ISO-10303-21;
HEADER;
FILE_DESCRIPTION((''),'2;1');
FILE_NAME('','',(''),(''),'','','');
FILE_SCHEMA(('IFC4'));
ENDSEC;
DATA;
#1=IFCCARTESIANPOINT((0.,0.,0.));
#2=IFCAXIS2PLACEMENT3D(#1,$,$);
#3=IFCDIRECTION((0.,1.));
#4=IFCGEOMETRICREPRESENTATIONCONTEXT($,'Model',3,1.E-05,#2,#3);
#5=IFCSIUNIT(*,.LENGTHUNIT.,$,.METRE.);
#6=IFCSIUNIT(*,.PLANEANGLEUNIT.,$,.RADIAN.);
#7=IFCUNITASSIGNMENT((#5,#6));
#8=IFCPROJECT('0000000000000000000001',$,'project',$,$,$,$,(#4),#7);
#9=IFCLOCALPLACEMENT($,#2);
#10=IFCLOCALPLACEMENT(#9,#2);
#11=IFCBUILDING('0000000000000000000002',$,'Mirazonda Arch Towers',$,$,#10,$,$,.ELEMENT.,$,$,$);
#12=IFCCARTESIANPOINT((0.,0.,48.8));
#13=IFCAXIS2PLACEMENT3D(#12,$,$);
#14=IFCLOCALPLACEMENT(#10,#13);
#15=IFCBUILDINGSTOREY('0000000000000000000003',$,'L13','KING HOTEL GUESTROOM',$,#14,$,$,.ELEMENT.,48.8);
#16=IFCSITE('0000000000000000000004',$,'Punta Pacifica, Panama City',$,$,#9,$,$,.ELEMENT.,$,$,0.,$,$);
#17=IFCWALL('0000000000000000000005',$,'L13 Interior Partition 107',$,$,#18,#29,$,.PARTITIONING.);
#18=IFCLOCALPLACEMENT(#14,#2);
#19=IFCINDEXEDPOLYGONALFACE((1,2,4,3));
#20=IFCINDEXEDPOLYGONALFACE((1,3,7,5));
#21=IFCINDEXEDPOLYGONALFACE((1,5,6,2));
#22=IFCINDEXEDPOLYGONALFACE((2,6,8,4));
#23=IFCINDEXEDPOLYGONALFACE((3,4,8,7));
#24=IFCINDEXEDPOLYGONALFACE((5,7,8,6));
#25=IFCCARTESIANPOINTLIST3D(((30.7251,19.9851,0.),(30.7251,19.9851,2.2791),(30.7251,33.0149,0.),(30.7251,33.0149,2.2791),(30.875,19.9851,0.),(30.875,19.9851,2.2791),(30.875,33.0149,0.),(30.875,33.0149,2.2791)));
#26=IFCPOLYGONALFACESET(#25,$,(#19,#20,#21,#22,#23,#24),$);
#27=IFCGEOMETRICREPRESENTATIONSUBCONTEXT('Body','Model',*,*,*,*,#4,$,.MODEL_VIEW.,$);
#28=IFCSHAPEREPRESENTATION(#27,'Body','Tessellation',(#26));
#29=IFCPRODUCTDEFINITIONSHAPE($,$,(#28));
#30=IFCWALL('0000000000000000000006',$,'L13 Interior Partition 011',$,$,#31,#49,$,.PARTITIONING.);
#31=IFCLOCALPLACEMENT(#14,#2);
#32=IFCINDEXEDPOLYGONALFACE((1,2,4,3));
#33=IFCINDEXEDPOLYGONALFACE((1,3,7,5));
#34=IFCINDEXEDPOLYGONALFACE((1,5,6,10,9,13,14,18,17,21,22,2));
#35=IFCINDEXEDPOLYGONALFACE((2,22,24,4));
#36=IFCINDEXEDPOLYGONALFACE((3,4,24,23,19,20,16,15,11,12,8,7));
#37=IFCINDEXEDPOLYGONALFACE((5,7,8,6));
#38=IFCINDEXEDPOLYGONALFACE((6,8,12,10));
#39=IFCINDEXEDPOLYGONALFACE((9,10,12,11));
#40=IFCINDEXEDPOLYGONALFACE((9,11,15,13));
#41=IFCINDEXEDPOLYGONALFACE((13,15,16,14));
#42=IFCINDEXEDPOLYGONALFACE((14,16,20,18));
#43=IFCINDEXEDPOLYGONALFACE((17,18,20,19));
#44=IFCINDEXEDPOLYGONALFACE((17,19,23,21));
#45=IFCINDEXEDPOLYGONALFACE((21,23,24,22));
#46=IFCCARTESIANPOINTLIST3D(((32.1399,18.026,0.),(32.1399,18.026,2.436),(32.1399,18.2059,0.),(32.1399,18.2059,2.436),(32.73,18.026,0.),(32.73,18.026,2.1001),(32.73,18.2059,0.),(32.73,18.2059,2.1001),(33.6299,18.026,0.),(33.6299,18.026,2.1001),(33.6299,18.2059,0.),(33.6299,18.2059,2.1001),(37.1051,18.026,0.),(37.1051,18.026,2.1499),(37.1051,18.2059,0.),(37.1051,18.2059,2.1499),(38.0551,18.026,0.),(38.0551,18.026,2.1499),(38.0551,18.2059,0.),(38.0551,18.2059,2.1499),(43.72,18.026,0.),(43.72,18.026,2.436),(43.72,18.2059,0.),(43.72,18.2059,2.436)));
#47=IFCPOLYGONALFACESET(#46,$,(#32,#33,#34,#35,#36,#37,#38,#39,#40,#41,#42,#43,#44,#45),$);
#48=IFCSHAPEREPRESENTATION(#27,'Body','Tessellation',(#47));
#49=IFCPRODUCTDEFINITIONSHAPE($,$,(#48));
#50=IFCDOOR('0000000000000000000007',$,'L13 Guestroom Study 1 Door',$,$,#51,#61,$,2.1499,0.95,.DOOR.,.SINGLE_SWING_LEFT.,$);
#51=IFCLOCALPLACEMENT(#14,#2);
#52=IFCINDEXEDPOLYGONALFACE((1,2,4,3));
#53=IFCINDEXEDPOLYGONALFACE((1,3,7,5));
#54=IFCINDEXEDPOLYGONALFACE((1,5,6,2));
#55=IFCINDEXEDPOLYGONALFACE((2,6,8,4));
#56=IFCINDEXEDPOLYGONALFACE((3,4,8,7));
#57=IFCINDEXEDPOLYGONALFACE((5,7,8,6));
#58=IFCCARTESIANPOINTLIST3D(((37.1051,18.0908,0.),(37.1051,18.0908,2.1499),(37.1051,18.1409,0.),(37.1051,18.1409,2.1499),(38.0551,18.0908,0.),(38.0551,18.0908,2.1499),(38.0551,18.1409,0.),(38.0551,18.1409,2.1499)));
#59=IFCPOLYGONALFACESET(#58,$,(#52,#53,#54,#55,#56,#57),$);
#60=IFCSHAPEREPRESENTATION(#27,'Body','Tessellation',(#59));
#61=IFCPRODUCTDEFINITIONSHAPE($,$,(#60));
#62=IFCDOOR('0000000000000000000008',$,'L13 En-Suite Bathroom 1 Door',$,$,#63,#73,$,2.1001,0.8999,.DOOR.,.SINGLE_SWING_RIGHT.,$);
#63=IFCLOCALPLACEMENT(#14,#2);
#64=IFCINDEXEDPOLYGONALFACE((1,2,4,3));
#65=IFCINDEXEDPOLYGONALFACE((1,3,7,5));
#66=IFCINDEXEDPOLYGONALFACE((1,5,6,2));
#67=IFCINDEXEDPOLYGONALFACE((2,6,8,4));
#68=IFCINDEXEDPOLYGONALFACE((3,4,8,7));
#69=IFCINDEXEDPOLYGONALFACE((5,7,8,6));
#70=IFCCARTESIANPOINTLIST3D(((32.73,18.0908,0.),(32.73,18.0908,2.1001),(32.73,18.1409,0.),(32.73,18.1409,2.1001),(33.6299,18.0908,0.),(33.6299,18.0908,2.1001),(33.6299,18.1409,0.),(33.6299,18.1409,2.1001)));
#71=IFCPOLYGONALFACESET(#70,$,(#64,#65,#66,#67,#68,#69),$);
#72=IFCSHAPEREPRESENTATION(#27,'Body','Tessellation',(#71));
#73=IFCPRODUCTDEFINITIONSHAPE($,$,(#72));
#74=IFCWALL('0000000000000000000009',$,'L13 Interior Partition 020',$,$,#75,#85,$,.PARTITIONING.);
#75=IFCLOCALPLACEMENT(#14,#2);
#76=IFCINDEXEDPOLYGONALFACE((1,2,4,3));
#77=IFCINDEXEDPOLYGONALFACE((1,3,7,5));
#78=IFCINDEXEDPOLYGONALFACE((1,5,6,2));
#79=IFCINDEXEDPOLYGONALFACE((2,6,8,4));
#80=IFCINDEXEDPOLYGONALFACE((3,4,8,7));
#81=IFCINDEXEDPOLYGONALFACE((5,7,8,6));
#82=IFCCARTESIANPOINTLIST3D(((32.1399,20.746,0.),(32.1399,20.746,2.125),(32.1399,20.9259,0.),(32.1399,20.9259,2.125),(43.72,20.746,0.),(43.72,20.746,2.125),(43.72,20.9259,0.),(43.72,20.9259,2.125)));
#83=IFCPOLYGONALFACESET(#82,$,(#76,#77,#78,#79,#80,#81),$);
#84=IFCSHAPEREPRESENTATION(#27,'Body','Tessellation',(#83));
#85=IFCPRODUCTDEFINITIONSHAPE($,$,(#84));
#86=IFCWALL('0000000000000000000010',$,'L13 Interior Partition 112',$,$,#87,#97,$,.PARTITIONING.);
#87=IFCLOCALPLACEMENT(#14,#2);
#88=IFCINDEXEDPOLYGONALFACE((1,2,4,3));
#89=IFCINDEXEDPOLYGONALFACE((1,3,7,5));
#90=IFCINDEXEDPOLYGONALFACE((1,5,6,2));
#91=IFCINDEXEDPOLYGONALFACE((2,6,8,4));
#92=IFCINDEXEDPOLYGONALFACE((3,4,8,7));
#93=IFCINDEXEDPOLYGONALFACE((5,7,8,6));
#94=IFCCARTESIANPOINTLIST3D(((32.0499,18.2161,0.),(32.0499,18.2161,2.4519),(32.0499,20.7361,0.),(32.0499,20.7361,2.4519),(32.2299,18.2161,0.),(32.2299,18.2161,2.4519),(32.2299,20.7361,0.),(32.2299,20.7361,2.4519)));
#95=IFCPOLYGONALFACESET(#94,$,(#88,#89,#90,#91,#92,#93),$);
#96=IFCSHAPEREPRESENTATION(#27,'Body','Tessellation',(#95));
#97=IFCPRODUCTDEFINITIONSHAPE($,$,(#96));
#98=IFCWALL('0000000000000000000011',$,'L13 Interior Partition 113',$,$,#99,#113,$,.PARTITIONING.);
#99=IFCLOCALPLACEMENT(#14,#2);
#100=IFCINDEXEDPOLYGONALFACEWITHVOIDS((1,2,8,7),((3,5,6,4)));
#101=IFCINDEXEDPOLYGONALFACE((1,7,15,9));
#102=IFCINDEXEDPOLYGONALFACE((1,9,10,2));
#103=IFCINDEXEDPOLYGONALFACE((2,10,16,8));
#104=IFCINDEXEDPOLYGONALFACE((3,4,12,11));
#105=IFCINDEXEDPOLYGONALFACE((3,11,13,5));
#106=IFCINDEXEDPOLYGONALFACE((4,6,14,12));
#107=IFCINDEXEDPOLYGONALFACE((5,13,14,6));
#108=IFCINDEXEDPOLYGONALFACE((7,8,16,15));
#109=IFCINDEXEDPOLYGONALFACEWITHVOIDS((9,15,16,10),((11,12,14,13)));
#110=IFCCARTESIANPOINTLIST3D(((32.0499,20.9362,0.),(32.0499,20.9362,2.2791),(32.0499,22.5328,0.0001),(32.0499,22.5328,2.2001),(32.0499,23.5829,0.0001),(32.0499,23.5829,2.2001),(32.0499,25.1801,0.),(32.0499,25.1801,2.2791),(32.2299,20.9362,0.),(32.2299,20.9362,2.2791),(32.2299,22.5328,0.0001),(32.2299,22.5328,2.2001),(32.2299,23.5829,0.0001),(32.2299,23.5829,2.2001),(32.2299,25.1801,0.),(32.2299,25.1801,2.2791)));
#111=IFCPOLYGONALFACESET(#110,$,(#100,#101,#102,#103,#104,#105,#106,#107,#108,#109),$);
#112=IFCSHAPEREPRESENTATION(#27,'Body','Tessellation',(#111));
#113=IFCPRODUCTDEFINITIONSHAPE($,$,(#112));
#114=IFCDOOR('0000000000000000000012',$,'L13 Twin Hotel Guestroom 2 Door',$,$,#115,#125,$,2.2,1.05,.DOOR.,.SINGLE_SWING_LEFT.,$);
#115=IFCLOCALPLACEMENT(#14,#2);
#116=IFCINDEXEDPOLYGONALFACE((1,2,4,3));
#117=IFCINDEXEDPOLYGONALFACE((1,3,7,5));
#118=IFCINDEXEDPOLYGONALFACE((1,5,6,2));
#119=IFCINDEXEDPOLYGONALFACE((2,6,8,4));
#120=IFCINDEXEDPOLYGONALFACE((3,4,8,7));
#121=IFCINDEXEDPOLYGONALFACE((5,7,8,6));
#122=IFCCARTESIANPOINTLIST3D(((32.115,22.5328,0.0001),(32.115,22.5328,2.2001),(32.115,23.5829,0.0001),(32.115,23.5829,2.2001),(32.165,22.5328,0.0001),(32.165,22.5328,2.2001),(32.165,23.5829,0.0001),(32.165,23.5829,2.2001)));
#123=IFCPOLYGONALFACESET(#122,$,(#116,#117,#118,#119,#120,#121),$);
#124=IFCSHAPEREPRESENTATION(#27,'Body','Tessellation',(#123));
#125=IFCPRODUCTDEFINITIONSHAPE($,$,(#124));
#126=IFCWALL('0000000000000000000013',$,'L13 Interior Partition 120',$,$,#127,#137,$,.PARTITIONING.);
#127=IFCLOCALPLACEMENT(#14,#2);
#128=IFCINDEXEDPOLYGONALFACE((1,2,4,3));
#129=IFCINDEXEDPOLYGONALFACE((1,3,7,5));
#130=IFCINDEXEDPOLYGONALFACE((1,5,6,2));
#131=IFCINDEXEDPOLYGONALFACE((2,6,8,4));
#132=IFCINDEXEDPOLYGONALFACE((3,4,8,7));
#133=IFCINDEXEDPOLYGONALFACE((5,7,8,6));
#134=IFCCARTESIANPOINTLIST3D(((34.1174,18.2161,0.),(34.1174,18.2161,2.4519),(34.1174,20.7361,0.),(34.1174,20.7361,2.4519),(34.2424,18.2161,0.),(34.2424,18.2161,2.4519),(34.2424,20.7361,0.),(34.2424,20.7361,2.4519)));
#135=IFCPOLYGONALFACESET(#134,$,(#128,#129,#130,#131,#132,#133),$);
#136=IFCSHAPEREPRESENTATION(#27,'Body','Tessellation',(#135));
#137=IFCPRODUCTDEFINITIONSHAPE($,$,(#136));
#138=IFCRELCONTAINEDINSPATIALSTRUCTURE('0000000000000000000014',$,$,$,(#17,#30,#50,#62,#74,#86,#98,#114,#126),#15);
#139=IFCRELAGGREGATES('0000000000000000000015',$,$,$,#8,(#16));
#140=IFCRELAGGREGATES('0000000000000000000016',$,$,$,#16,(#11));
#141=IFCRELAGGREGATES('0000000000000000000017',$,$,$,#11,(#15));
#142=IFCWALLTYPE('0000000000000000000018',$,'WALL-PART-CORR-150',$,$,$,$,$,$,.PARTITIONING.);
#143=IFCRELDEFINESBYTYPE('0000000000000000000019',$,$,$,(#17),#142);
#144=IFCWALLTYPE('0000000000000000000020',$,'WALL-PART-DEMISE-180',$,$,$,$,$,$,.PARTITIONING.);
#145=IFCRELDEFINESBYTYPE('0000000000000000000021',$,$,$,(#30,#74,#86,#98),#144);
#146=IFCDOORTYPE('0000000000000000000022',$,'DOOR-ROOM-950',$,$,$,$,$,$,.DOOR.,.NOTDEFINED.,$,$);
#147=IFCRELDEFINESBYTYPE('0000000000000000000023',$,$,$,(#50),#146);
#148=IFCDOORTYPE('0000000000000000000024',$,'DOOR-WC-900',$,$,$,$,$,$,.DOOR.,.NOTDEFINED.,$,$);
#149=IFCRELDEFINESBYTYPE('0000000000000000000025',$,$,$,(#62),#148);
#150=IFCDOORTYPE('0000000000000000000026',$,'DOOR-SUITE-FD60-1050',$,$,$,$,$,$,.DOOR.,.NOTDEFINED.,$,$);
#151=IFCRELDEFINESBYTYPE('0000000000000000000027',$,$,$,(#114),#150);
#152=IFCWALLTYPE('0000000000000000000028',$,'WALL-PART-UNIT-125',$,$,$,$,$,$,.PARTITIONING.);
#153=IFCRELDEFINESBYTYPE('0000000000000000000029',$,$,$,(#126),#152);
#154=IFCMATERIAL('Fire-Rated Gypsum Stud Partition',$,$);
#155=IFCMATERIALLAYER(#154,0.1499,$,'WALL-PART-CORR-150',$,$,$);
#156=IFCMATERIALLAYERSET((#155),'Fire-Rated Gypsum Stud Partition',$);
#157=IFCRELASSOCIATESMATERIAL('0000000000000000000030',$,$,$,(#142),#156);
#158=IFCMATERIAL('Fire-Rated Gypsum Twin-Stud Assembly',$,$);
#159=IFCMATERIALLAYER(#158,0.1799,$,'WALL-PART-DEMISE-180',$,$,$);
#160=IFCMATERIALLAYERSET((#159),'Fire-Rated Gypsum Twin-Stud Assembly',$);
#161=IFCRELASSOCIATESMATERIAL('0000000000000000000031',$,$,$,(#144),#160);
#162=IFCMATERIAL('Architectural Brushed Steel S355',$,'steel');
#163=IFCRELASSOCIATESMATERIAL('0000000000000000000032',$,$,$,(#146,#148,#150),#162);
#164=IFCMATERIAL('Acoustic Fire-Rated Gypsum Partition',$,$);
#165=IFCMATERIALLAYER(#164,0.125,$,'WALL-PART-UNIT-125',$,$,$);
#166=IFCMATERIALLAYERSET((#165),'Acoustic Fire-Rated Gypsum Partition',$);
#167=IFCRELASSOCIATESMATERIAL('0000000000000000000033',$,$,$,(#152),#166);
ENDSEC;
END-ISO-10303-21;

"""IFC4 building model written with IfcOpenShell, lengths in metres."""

from ifc_helpers import new_model, si_unit, direction, frame, frame_2d, origin, place, context, subcontext, project, spatial, rectangle, extrude, material, layer, layer_set, type_object, element, fill, save


model = new_model("IFC4")

# Units and contexts
model_context = context("Model", 3, precision=1e-05, world=origin(), true_north=direction((0.0, 1.0)))
body_context = subcontext(model_context, "Body", "Model", "MODEL_VIEW")
ifc_project = project(units=[si_unit("LENGTHUNIT", "METRE"), si_unit("PLANEANGLEUNIT", "RADIAN")], contexts=[model_context])

# Site, building, storey
site_placement = place(None, origin())
site = spatial("IfcSite", under=ifc_project, at=site_placement, Name="Punta Pacifica, Panama City", CompositionType="ELEMENT", RefElevation=0.0)
building_placement = place(site_placement, origin())
building = spatial("IfcBuilding", under=site, at=building_placement, Name="Mirazonda Arch Towers", CompositionType="ELEMENT")
storey_placement = place(building_placement, frame((0.0, 0.0, 48.8)))
storey = spatial("IfcBuildingStorey", under=building, at=storey_placement, Name="L13", Description="KING HOTEL GUESTROOM", CompositionType="ELEMENT", Elevation=48.8)

# Wall
ifc_material_1 = material(Name="Fire-Rated Gypsum Stud Partition")
ifc_layer_1 = layer(ifc_material_1, 0.1499, Name="WALL-PART-CORR-150")
ifc_layer_set_1 = layer_set([ifc_layer_1], Name="Fire-Rated Gypsum Stud Partition")
wall_type_1 = type_object("IfcWallType", Name="WALL-PART-CORR-150", PredefinedType="PARTITIONING", material=ifc_layer_set_1)
wall_1_placement = place(storey_placement, frame((30.8, 19.9851, 0.0), z_axis=(0.0, 0.0, 1.0), x_axis=(0.0, 1.0, 0.0)))
element("IfcWall", 1, at=wall_1_placement, inside=storey, type_object=wall_type_1, Name="L13 Interior Partition 107", PredefinedType="PARTITIONING", context=body_context, shape_type="SweptSolid", body=[
    extrude(rectangle(XDim=13.0298, YDim=0.1499, at=frame_2d((6.5149, 0.0))), origin(), (0.0, 0.0, 1.0), 2.2791),
])

# Wall, openings, doors
ifc_material_2 = material(Name="Fire-Rated Gypsum Twin-Stud Assembly")
ifc_layer_2 = layer(ifc_material_2, 0.1799, Name="WALL-PART-DEMISE-180")
ifc_layer_set_2 = layer_set([ifc_layer_2], Name="Fire-Rated Gypsum Twin-Stud Assembly")
wall_type_2 = type_object("IfcWallType", Name="WALL-PART-DEMISE-180", PredefinedType="PARTITIONING", material=ifc_layer_set_2)
wall_2_placement = place(storey_placement, frame((32.1399, 18.116, 0.0), z_axis=(0.0, 0.0, 1.0), x_axis=(1.0, 0.0, 0.0)))
wall_2 = element("IfcWall", 2, at=wall_2_placement, inside=storey, type_object=wall_type_2, Name="L13 Interior Partition 011", PredefinedType="PARTITIONING", context=body_context, shape_type="SweptSolid", body=[
    extrude(rectangle(XDim=11.5801, YDim=0.1799, at=frame_2d((5.79, 0.0))), origin(), (0.0, 0.0, 1.0), 2.436),
])
opening_1_placement = place(wall_2_placement, frame((4.9651, 0.0, 0.0)))
opening_1 = element("IfcOpeningElement", 3, at=opening_1_placement, cuts=wall_2, PredefinedType="OPENING", context=body_context, shape_type="SweptSolid", body=[
    extrude(rectangle(XDim=0.95, YDim=2.1499, at=frame_2d((0.4751, 1.075))), frame((0.0, 0.0999, 0.0), z_axis=(0.0, -1.0, 0.0), x_axis=(1.0, 0.0, 0.0)), (0.0, 0.0, 1.0), 0.2),
])
opening_2_placement = place(wall_2_placement, frame((0.5901, 0.0, 0.0)))
opening_2 = element("IfcOpeningElement", 4, at=opening_2_placement, cuts=wall_2, PredefinedType="OPENING", context=body_context, shape_type="SweptSolid", body=[
    extrude(rectangle(XDim=0.8999, YDim=2.1001, at=frame_2d((0.45, 1.05))), frame((0.0, 0.0999, 0.0), z_axis=(0.0, -1.0, 0.0), x_axis=(1.0, 0.0, 0.0)), (0.0, 0.0, 1.0), 0.2),
])
ifc_material_3 = material(Name="Architectural Brushed Steel S355", Category="steel")
door_type_1 = type_object("IfcDoorType", Name="DOOR-ROOM-950", OperationType="NOTDEFINED", PredefinedType="DOOR", material=ifc_material_3)
door_1_placement = place(opening_1_placement, origin())
door_1 = element("IfcDoor", 5, at=door_1_placement, inside=storey, type_object=door_type_1, Name="L13 Guestroom Study 1 Door", OperationType="SINGLE_SWING_LEFT", OverallHeight=2.1499, OverallWidth=0.95, PredefinedType="DOOR", context=body_context, shape_type="SweptSolid", body=[
    extrude(rectangle(XDim=0.95, YDim=2.1499, at=frame_2d((0.4751, 1.075))), frame((0.0, 0.0249, 0.0), z_axis=(0.0, -1.0, 0.0), x_axis=(1.0, 0.0, 0.0)), (0.0, 0.0, 1.0), 0.05),
])
fill(opening_1, door_1)
door_type_2 = type_object("IfcDoorType", Name="DOOR-WC-900", OperationType="NOTDEFINED", PredefinedType="DOOR", material=ifc_material_3)
door_2_placement = place(opening_2_placement, origin())
door_2 = element("IfcDoor", 6, at=door_2_placement, inside=storey, type_object=door_type_2, Name="L13 En-Suite Bathroom 1 Door", OperationType="SINGLE_SWING_RIGHT", OverallHeight=2.1001, OverallWidth=0.8999, PredefinedType="DOOR", context=body_context, shape_type="SweptSolid", body=[
    extrude(rectangle(XDim=0.8999, YDim=2.1001, at=frame_2d((0.45, 1.05))), frame((0.0, 0.0249, 0.0), z_axis=(0.0, -1.0, 0.0), x_axis=(1.0, 0.0, 0.0)), (0.0, 0.0, 1.0), 0.05),
])
fill(opening_2, door_2)

# Walls
wall_3_placement = place(storey_placement, frame((32.1399, 20.8359, 0.0), z_axis=(0.0, 0.0, 1.0), x_axis=(1.0, 0.0, 0.0)))
element("IfcWall", 7, at=wall_3_placement, inside=storey, type_object=wall_type_2, Name="L13 Interior Partition 020", PredefinedType="PARTITIONING", context=body_context, shape_type="SweptSolid", body=[
    extrude(rectangle(XDim=11.5801, YDim=0.1799, at=frame_2d((5.79, 0.0))), origin(), (0.0, 0.0, 1.0), 2.125),
])
wall_4_placement = place(storey_placement, frame((32.1399, 18.2161, 0.0), z_axis=(0.0, 0.0, 1.0), x_axis=(0.0, 1.0, 0.0)))
element("IfcWall", 8, at=wall_4_placement, inside=storey, type_object=wall_type_2, Name="L13 Interior Partition 112", PredefinedType="PARTITIONING", context=body_context, shape_type="SweptSolid", body=[
    extrude(rectangle(XDim=2.52, YDim=0.1799, at=frame_2d((1.26, 0.0))), origin(), (0.0, 0.0, 1.0), 2.4519),
])

# Wall, opening, door
wall_5_placement = place(storey_placement, frame((32.1399, 20.936, 0.0), z_axis=(0.0, 0.0, 1.0), x_axis=(0.0, 1.0, 0.0)))
wall_5 = element("IfcWall", 9, at=wall_5_placement, inside=storey, type_object=wall_type_2, Name="L13 Interior Partition 113", PredefinedType="PARTITIONING", context=body_context, shape_type="SweptSolid", body=[
    extrude(rectangle(XDim=4.2439, YDim=0.1799, at=frame_2d((2.1221, 0.0))), origin(), (0.0, 0.0, 1.0), 2.2791),
])
opening_3_placement = place(wall_5_placement, frame((1.5969, 0.0, 0.0)))
opening_3 = element("IfcOpeningElement", 10, at=opening_3_placement, cuts=wall_5, PredefinedType="OPENING", context=body_context, shape_type="SweptSolid", body=[
    extrude(rectangle(XDim=1.05, YDim=2.2, at=frame_2d((0.5249, 1.1001))), frame((0.0, 0.0999, 0.0), z_axis=(0.0, -1.0, 0.0), x_axis=(1.0, 0.0, 0.0)), (0.0, 0.0, 1.0), 0.2),
])
door_type_3 = type_object("IfcDoorType", Name="DOOR-SUITE-FD60-1050", OperationType="NOTDEFINED", PredefinedType="DOOR", material=ifc_material_3)
door_3_placement = place(opening_3_placement, origin())
door_3 = element("IfcDoor", 11, at=door_3_placement, inside=storey, type_object=door_type_3, Name="L13 Twin Hotel Guestroom 2 Door", OperationType="SINGLE_SWING_LEFT", OverallHeight=2.2, OverallWidth=1.05, PredefinedType="DOOR", context=body_context, shape_type="SweptSolid", body=[
    extrude(rectangle(XDim=1.05, YDim=2.2, at=frame_2d((0.5249, 1.1001))), frame((0.0, 0.0249, 0.0), z_axis=(0.0, -1.0, 0.0), x_axis=(1.0, 0.0, 0.0)), (0.0, 0.0, 1.0), 0.05),
])
fill(opening_3, door_3)

# Wall
ifc_material_4 = material(Name="Acoustic Fire-Rated Gypsum Partition")
ifc_layer_3 = layer(ifc_material_4, 0.125, Name="WALL-PART-UNIT-125")
ifc_layer_set_3 = layer_set([ifc_layer_3], Name="Acoustic Fire-Rated Gypsum Partition")
wall_type_3 = type_object("IfcWallType", Name="WALL-PART-UNIT-125", PredefinedType="PARTITIONING", material=ifc_layer_set_3)
wall_6_placement = place(storey_placement, frame((34.1799, 18.2161, 0.0), z_axis=(0.0, 0.0, 1.0), x_axis=(0.0, 1.0, 0.0)))
element("IfcWall", 12, at=wall_6_placement, inside=storey, type_object=wall_type_3, Name="L13 Interior Partition 120", PredefinedType="PARTITIONING", context=body_context, shape_type="SweptSolid", body=[
    extrude(rectangle(XDim=2.52, YDim=0.125, at=frame_2d((1.26, 0.0))), origin(), (0.0, 0.0, 1.0), 2.4519),
])

save(model, "model.ifc")
